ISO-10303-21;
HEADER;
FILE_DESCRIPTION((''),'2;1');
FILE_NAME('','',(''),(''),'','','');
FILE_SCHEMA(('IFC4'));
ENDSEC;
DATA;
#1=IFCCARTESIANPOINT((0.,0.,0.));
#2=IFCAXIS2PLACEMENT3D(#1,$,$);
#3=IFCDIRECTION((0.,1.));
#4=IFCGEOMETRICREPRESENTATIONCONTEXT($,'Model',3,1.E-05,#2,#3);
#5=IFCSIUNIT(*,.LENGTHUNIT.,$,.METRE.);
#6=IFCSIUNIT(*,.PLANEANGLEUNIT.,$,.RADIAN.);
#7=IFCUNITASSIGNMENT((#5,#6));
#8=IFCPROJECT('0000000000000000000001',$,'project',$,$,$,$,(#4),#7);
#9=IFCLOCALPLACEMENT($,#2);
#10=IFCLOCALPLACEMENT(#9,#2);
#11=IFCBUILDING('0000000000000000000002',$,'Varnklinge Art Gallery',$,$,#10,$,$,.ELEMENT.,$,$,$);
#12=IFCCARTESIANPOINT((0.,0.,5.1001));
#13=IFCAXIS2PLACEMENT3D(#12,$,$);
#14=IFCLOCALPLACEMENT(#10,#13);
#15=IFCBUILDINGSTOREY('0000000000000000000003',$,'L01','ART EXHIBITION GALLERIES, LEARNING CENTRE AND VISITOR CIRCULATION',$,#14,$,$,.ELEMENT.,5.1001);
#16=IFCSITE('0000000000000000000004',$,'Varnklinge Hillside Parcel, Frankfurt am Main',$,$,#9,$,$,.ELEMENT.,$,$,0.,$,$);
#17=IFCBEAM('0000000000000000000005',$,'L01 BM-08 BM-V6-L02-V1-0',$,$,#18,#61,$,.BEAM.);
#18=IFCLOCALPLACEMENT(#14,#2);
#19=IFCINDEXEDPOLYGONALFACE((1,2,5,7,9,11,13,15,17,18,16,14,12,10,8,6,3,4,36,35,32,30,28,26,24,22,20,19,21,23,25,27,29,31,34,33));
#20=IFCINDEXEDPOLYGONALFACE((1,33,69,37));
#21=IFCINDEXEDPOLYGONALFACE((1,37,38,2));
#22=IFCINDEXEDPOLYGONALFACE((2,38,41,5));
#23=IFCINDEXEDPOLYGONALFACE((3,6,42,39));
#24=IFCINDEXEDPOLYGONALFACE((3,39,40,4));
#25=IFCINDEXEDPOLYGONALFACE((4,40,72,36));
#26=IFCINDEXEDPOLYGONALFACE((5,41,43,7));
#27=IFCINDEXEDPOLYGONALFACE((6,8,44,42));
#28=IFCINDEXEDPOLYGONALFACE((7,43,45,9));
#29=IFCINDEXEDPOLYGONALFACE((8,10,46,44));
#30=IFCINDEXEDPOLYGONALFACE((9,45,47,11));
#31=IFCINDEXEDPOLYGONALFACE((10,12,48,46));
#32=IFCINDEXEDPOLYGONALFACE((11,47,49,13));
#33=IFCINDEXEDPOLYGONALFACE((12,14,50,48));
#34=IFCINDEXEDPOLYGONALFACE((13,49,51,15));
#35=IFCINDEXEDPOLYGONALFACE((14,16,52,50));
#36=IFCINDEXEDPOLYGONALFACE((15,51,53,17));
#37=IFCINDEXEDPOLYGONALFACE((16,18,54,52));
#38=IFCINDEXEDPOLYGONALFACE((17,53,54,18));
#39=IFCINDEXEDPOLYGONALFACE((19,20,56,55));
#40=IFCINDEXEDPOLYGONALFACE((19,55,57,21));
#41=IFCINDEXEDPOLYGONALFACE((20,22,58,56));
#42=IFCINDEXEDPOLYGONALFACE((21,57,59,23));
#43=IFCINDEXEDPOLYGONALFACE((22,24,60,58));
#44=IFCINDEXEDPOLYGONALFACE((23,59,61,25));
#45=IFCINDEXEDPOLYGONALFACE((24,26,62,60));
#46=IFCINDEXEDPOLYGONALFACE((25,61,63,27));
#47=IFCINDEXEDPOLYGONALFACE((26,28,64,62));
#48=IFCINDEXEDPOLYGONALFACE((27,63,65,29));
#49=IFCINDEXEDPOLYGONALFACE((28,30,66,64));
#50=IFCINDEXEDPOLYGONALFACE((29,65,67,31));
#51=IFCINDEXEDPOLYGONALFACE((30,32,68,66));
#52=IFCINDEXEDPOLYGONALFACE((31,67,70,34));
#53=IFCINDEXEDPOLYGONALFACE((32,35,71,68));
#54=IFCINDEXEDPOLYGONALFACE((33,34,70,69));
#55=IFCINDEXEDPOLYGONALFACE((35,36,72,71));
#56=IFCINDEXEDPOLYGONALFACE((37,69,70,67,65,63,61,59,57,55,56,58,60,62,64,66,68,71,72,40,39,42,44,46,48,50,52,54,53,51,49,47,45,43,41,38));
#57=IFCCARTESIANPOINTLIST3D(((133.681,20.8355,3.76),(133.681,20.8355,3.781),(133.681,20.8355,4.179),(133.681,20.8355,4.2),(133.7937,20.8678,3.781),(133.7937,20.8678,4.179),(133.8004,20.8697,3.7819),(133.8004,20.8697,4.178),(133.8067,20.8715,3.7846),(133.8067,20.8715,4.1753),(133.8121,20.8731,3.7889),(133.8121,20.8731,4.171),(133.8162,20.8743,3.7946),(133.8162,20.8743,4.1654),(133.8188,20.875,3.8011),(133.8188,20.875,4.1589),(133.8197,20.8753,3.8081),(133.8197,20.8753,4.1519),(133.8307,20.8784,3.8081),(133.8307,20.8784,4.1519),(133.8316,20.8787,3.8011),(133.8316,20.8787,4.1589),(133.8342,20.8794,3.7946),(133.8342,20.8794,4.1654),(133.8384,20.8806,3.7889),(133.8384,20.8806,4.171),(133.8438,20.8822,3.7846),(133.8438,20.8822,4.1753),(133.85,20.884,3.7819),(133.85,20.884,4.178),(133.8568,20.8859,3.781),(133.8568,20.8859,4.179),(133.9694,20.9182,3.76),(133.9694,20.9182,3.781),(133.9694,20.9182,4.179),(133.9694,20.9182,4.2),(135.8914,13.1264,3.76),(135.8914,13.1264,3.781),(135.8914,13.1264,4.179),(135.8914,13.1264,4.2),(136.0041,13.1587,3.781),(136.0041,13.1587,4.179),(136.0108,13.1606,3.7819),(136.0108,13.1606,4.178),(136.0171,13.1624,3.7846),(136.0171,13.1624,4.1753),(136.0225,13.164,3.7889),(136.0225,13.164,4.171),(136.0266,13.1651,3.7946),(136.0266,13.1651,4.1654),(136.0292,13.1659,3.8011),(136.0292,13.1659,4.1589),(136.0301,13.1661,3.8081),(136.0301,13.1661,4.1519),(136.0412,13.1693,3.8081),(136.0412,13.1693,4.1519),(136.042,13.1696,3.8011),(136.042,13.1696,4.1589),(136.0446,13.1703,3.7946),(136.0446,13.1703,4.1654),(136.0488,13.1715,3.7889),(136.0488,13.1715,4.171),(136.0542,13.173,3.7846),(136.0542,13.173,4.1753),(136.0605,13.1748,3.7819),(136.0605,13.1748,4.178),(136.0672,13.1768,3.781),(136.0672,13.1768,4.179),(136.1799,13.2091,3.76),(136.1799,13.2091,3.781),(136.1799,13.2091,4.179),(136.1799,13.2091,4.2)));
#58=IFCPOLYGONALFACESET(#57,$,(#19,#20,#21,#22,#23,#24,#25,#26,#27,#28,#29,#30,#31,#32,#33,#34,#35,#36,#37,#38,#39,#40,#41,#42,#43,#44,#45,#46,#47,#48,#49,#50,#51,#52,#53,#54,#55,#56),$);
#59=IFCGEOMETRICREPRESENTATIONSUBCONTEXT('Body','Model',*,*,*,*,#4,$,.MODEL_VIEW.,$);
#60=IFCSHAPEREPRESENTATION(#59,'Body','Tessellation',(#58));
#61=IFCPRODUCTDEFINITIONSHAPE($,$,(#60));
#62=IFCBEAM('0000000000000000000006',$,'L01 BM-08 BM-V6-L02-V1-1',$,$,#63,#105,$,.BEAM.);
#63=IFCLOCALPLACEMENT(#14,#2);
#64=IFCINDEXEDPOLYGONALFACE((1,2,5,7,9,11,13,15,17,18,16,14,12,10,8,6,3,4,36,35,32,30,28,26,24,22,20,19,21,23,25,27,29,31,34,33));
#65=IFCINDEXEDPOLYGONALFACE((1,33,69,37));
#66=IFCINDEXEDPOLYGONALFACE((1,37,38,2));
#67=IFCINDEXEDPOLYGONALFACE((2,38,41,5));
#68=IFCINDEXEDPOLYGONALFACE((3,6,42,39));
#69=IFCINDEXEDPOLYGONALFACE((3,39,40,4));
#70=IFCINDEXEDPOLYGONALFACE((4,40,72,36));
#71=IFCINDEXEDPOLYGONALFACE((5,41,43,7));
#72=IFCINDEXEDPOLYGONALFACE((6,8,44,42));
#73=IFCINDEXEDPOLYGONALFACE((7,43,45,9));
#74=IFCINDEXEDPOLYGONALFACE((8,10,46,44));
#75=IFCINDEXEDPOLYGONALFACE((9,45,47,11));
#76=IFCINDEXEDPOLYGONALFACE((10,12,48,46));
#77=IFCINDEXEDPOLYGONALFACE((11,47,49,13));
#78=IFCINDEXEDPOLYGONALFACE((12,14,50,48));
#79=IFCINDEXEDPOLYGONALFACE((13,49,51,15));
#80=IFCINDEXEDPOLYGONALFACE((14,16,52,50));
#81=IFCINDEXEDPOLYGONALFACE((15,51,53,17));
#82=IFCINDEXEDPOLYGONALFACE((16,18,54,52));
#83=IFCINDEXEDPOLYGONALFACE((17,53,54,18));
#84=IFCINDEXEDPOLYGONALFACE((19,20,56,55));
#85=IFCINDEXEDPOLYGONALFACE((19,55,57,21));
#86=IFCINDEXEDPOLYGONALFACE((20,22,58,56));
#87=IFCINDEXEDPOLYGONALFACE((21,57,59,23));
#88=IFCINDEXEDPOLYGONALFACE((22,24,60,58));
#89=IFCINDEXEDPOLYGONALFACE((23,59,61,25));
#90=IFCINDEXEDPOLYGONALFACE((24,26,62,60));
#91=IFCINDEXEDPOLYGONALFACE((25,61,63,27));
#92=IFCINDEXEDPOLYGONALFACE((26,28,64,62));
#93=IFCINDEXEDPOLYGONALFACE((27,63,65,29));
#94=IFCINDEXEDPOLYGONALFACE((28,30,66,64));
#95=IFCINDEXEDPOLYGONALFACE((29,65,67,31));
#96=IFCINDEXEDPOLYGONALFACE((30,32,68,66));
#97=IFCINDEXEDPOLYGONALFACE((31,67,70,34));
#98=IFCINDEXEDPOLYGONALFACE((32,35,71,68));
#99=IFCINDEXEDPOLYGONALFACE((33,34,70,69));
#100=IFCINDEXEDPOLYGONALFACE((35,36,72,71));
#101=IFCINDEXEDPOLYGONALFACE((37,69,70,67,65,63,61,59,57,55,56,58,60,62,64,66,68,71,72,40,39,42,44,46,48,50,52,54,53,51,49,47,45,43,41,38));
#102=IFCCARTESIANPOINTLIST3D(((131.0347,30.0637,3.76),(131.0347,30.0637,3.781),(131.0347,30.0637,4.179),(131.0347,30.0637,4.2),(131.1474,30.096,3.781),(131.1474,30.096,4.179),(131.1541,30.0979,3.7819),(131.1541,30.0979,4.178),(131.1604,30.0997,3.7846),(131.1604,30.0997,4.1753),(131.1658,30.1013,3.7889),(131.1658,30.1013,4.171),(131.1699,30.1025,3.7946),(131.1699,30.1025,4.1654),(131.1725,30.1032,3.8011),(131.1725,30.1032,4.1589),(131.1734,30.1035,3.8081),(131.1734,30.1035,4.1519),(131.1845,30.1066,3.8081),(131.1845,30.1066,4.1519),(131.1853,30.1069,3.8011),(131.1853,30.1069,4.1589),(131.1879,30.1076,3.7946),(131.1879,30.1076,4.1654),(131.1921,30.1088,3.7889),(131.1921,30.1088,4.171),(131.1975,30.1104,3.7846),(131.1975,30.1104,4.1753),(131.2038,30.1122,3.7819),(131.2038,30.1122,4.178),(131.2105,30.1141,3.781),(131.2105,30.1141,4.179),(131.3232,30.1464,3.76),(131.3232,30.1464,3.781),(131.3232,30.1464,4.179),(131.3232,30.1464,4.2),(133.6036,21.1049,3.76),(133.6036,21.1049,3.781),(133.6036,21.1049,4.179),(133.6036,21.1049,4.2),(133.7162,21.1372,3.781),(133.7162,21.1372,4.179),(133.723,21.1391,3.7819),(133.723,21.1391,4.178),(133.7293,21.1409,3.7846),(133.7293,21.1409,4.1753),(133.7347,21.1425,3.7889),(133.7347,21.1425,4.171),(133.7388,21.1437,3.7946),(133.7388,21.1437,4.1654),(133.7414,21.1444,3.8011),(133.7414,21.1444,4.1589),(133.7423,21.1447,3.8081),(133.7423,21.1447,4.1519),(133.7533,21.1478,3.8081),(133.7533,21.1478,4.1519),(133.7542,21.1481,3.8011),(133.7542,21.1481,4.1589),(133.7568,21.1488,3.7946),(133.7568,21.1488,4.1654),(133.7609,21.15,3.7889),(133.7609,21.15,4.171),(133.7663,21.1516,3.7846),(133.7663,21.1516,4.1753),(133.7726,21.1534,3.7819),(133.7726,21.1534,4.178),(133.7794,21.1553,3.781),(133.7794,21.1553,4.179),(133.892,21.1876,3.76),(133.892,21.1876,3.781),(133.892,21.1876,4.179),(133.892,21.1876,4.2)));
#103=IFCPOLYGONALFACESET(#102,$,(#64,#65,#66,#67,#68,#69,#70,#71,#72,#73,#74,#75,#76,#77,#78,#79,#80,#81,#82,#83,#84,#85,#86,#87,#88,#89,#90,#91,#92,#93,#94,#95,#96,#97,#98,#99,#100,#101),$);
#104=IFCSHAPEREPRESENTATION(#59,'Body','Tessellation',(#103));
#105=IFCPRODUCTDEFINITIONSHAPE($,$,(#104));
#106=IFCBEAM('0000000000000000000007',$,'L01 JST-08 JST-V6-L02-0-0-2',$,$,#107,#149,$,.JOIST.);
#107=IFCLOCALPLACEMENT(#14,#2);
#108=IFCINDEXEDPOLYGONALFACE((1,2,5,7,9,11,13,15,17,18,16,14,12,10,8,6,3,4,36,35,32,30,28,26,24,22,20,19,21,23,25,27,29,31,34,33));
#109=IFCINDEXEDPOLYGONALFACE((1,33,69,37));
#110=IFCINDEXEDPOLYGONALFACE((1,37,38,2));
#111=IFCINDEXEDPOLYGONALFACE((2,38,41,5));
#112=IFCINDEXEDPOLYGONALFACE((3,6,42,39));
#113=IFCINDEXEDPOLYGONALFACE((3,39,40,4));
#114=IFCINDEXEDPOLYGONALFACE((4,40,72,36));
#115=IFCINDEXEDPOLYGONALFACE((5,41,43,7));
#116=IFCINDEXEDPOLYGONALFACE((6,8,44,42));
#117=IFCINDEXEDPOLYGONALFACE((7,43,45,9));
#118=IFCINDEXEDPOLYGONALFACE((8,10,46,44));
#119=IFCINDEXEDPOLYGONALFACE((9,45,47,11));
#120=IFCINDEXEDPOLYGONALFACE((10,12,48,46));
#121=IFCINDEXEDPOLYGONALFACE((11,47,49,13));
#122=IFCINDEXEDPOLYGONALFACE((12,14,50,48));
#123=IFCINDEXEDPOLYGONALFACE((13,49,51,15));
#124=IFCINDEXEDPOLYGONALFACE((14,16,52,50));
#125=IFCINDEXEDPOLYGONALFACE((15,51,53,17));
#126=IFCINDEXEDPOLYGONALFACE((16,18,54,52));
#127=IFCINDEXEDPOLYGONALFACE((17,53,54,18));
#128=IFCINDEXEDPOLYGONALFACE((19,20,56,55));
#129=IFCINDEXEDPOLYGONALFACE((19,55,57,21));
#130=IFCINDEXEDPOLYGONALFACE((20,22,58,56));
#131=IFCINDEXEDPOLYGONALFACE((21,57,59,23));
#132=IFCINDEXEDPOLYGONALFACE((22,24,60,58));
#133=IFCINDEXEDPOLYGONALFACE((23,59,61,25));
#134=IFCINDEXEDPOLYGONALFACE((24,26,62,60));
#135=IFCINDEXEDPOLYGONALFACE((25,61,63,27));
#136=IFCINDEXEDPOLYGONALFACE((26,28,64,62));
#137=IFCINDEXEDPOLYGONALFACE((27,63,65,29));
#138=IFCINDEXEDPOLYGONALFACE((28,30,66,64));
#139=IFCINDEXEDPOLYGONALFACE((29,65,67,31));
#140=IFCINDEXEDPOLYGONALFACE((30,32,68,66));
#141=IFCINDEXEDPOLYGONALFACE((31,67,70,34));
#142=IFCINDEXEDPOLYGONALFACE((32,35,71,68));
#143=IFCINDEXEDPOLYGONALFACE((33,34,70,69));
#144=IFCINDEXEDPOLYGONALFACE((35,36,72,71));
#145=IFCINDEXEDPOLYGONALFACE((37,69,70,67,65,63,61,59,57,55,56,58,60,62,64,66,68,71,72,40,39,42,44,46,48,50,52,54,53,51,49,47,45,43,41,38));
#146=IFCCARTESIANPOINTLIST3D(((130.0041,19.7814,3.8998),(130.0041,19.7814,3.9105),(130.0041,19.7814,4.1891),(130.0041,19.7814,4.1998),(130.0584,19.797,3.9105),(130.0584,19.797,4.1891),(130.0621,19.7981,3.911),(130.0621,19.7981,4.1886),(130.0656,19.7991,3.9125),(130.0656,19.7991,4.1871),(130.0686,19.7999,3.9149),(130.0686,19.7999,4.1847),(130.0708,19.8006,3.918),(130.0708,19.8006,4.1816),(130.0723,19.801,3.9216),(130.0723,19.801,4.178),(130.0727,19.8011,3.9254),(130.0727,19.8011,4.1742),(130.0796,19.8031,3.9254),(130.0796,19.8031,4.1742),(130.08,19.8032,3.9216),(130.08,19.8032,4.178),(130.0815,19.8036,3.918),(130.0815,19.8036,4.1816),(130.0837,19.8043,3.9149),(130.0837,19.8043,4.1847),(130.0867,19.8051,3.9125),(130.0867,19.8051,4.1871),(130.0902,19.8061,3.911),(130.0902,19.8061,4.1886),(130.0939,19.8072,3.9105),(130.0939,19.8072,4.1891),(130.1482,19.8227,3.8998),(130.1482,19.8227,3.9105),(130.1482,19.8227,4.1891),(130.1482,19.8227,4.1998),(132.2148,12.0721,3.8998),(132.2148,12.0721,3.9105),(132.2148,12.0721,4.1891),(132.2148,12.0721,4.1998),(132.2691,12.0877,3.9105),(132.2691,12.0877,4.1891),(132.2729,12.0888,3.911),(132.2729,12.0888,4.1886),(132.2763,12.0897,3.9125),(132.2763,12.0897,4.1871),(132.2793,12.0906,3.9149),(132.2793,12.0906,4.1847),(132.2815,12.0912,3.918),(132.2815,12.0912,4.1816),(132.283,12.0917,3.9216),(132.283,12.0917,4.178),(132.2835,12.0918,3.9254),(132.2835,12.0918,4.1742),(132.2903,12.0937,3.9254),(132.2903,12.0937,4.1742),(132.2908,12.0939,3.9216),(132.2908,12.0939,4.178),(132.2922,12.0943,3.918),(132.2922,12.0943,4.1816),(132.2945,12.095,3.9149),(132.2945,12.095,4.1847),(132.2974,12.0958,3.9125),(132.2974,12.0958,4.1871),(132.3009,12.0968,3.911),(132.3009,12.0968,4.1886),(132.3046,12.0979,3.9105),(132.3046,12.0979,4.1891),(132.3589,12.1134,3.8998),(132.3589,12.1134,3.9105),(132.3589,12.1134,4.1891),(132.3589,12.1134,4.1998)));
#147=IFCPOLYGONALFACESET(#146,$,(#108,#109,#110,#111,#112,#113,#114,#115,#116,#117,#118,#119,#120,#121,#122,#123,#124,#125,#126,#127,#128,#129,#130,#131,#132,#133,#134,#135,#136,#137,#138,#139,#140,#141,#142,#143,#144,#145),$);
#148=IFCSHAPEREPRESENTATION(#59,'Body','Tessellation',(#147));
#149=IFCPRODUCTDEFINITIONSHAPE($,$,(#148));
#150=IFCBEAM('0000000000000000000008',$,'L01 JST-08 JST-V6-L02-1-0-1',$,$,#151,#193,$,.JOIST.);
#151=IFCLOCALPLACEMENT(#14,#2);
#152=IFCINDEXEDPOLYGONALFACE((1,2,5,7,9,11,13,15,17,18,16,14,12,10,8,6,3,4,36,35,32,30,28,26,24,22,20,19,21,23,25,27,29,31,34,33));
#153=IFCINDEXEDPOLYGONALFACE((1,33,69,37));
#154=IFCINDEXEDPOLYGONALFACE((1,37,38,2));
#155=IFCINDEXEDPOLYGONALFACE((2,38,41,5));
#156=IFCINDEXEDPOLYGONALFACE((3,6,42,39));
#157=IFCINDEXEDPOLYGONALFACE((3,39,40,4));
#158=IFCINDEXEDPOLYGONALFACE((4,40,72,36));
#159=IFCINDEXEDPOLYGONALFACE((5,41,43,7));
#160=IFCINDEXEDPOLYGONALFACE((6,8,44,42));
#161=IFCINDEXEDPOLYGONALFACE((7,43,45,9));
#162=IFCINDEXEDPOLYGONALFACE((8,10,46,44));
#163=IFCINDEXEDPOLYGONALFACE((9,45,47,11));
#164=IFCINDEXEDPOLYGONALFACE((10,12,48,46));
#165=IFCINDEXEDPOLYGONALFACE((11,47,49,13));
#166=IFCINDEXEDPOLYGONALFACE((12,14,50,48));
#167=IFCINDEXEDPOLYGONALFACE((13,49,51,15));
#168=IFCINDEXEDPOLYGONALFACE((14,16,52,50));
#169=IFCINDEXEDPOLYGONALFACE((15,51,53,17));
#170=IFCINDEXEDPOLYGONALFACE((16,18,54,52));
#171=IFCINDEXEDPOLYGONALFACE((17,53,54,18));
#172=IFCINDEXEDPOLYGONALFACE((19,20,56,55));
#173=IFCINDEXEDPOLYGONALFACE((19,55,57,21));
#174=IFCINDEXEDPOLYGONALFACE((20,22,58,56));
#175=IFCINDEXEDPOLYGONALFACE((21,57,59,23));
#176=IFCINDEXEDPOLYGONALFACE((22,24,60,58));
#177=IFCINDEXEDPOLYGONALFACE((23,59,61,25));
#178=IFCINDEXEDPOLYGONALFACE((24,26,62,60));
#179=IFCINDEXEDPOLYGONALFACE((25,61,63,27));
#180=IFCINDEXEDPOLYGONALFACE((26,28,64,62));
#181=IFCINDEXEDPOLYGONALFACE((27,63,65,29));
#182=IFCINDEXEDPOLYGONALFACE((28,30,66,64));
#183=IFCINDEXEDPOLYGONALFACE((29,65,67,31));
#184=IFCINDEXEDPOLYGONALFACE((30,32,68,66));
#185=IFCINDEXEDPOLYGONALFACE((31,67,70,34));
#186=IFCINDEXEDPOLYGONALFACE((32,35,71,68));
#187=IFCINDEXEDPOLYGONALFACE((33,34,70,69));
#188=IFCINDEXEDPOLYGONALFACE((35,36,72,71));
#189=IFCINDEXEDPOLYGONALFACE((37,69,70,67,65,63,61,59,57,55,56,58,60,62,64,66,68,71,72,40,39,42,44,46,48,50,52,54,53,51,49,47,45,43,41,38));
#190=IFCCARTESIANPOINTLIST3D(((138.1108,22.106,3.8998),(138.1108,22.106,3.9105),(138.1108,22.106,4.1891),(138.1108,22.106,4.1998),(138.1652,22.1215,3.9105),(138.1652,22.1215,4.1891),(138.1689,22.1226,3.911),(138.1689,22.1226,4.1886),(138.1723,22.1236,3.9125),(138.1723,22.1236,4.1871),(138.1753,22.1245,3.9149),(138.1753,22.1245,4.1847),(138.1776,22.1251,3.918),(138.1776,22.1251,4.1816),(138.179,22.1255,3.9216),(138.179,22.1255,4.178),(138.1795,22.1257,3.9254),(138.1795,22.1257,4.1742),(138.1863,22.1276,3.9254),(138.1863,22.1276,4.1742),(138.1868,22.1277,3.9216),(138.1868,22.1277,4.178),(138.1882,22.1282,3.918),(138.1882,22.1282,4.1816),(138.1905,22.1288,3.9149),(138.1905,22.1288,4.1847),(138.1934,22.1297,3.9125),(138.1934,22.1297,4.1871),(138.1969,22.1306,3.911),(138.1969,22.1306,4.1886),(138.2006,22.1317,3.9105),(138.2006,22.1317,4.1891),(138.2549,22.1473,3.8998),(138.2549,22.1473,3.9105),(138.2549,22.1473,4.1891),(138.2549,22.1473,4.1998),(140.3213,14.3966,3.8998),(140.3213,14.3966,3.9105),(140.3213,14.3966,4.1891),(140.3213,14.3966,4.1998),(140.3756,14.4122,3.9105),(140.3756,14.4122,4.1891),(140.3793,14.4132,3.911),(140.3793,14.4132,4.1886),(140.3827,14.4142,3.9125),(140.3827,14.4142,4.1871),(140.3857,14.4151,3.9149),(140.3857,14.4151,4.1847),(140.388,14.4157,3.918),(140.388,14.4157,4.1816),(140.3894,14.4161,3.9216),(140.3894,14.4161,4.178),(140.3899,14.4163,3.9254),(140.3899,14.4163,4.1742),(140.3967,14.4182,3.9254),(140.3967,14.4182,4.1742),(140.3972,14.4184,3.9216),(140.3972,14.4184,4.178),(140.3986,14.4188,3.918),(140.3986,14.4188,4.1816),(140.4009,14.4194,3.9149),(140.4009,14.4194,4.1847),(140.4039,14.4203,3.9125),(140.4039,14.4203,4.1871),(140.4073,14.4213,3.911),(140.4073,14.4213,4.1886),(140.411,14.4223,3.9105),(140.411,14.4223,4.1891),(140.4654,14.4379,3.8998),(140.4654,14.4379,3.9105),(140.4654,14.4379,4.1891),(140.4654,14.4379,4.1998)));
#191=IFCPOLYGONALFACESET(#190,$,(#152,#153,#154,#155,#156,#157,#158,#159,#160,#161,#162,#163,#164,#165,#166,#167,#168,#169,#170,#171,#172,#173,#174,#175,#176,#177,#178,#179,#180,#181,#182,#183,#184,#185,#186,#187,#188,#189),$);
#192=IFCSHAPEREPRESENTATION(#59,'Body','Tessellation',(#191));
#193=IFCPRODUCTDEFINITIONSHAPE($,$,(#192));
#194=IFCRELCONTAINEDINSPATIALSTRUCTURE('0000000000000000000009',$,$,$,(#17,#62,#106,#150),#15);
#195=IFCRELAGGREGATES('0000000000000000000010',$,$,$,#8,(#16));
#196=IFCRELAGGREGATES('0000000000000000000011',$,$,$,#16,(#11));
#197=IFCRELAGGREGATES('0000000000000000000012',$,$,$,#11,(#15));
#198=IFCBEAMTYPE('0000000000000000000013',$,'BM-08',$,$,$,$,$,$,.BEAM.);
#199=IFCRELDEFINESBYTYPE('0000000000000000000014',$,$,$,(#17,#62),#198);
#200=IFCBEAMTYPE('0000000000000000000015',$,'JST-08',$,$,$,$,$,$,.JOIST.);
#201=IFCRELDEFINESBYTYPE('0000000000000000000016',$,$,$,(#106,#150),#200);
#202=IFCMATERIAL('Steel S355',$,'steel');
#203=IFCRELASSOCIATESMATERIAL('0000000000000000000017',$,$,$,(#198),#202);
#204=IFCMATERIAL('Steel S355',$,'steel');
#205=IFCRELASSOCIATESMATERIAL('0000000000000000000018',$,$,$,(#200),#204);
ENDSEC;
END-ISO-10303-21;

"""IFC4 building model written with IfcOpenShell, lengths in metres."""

from ifc_helpers import new_model, si_unit, direction, frame, origin, origin_2d, place, context, subcontext, project, spatial, i_section, extrude, material, material_profile, profile_set, type_object, element, save


model = new_model("IFC4")

# Units and contexts
model_context = context("Model", 3, precision=1e-05, world=origin(), true_north=direction((0.0, 1.0)))
body_context = subcontext(model_context, "Body", "Model", "MODEL_VIEW")
ifc_project = project(units=[si_unit("LENGTHUNIT", "METRE"), si_unit("PLANEANGLEUNIT", "RADIAN")], contexts=[model_context])

# Site, building, storey
site_placement = place(None, origin())
site = spatial("IfcSite", under=ifc_project, at=site_placement, Name="Varnklinge Hillside Parcel, Frankfurt am Main", CompositionType="ELEMENT", RefElevation=0.0)
building_placement = place(site_placement, origin())
building = spatial("IfcBuilding", under=site, at=building_placement, Name="Varnklinge Art Gallery", CompositionType="ELEMENT")
storey_placement = place(building_placement, frame((0.0, 0.0, 5.1001)))
storey = spatial("IfcBuildingStorey", under=building, at=storey_placement, Name="L01", Description="ART EXHIBITION GALLERIES, LEARNING CENTRE AND VISITOR CIRCULATION", CompositionType="ELEMENT", Elevation=5.1001)

# Beams
ifc_material_1 = material(Name="Steel S355", Category="steel")
ifc_material_profile_1 = material_profile(ifc_material_1, i_section(OverallWidth=0.3, OverallDepth=0.4399, WebThickness=0.0115, FlangeThickness=0.021, FilletRadius=0.0271, at=origin_2d()), Name="HEA 450")
ifc_profile_set_1 = profile_set([ifc_material_profile_1], Name="Steel S355")
beam_type_1 = type_object("IfcBeamType", Name="BM-08", PredefinedType="BEAM", material=ifc_profile_set_1)
beam_1_placement = place(storey_placement, frame((136.0356, 13.1677, 3.98), z_axis=(-0.275622, 0.961266, 0.0), x_axis=(-0.961266, -0.275622, 0.0)))
element("IfcBeam", 1, at=beam_1_placement, inside=storey, type_object=beam_type_1, Name="L01 BM-08 BM-V6-L02-V1-0", PredefinedType="BEAM", context=body_context, shape_type="SweptSolid", body=[
    extrude(i_section(OverallWidth=0.3, OverallDepth=0.4399, WebThickness=0.0115, FlangeThickness=0.021, FilletRadius=0.0271, at=origin_2d()), origin(), (0.0, 0.0, 1.0), 8.0198),
])
beam_2_placement = place(storey_placement, frame((133.7478, 21.1462, 3.98), z_axis=(-0.275634, 0.961263, 0.0), x_axis=(-0.961263, -0.275634, 0.0)))
element("IfcBeam", 2, at=beam_2_placement, inside=storey, type_object=beam_type_1, Name="L01 BM-08 BM-V6-L02-V1-1", PredefinedType="BEAM", context=body_context, shape_type="SweptSolid", body=[
    extrude(i_section(OverallWidth=0.3, OverallDepth=0.4399, WebThickness=0.0115, FlangeThickness=0.021, FilletRadius=0.0271, at=origin_2d()), origin(), (0.0, 0.0, 1.0), 9.3198),
])
ifc_material_2 = material(Name="Steel S355", Category="steel")
ifc_material_profile_2 = material_profile(ifc_material_2, i_section(OverallWidth=0.1499, OverallDepth=0.3, WebThickness=0.0071, FlangeThickness=0.0107, FilletRadius=0.0149, at=origin_2d()), Name="IPE 300")
ifc_profile_set_2 = profile_set([ifc_material_profile_2], Name="Steel S355")
beam_type_2 = type_object("IfcBeamType", Name="JST-08", PredefinedType="JOIST", material=ifc_profile_set_2)
for number, where, z_axis, x_axis, name in (
    (3, (132.2869, 12.0928, 4.0498), (-0.27565, 0.961258, 0.0), (-0.961258, -0.27565, 0.0), "L01 JST-08 JST-V6-L02-0-0-2"),
    (4, (140.3933, 14.4172, 4.0498), (-0.275614, 0.961269, 0.0), (-0.961269, -0.275614, 0.0), "L01 JST-08 JST-V6-L02-1-0-1"),
):
    element("IfcBeam", number, at=place(storey_placement, frame(where, z_axis=z_axis, x_axis=x_axis)), inside=storey, type_object=beam_type_2, Name=name, PredefinedType="JOIST", context=body_context, shape_type="SweptSolid", body=[
        extrude(i_section(OverallWidth=0.1499, OverallDepth=0.3, WebThickness=0.0071, FlangeThickness=0.0107, FilletRadius=0.0149, at=origin_2d()), origin(), (0.0, 0.0, 1.0), 8.02),
    ])

save(model, "model.ifc")
